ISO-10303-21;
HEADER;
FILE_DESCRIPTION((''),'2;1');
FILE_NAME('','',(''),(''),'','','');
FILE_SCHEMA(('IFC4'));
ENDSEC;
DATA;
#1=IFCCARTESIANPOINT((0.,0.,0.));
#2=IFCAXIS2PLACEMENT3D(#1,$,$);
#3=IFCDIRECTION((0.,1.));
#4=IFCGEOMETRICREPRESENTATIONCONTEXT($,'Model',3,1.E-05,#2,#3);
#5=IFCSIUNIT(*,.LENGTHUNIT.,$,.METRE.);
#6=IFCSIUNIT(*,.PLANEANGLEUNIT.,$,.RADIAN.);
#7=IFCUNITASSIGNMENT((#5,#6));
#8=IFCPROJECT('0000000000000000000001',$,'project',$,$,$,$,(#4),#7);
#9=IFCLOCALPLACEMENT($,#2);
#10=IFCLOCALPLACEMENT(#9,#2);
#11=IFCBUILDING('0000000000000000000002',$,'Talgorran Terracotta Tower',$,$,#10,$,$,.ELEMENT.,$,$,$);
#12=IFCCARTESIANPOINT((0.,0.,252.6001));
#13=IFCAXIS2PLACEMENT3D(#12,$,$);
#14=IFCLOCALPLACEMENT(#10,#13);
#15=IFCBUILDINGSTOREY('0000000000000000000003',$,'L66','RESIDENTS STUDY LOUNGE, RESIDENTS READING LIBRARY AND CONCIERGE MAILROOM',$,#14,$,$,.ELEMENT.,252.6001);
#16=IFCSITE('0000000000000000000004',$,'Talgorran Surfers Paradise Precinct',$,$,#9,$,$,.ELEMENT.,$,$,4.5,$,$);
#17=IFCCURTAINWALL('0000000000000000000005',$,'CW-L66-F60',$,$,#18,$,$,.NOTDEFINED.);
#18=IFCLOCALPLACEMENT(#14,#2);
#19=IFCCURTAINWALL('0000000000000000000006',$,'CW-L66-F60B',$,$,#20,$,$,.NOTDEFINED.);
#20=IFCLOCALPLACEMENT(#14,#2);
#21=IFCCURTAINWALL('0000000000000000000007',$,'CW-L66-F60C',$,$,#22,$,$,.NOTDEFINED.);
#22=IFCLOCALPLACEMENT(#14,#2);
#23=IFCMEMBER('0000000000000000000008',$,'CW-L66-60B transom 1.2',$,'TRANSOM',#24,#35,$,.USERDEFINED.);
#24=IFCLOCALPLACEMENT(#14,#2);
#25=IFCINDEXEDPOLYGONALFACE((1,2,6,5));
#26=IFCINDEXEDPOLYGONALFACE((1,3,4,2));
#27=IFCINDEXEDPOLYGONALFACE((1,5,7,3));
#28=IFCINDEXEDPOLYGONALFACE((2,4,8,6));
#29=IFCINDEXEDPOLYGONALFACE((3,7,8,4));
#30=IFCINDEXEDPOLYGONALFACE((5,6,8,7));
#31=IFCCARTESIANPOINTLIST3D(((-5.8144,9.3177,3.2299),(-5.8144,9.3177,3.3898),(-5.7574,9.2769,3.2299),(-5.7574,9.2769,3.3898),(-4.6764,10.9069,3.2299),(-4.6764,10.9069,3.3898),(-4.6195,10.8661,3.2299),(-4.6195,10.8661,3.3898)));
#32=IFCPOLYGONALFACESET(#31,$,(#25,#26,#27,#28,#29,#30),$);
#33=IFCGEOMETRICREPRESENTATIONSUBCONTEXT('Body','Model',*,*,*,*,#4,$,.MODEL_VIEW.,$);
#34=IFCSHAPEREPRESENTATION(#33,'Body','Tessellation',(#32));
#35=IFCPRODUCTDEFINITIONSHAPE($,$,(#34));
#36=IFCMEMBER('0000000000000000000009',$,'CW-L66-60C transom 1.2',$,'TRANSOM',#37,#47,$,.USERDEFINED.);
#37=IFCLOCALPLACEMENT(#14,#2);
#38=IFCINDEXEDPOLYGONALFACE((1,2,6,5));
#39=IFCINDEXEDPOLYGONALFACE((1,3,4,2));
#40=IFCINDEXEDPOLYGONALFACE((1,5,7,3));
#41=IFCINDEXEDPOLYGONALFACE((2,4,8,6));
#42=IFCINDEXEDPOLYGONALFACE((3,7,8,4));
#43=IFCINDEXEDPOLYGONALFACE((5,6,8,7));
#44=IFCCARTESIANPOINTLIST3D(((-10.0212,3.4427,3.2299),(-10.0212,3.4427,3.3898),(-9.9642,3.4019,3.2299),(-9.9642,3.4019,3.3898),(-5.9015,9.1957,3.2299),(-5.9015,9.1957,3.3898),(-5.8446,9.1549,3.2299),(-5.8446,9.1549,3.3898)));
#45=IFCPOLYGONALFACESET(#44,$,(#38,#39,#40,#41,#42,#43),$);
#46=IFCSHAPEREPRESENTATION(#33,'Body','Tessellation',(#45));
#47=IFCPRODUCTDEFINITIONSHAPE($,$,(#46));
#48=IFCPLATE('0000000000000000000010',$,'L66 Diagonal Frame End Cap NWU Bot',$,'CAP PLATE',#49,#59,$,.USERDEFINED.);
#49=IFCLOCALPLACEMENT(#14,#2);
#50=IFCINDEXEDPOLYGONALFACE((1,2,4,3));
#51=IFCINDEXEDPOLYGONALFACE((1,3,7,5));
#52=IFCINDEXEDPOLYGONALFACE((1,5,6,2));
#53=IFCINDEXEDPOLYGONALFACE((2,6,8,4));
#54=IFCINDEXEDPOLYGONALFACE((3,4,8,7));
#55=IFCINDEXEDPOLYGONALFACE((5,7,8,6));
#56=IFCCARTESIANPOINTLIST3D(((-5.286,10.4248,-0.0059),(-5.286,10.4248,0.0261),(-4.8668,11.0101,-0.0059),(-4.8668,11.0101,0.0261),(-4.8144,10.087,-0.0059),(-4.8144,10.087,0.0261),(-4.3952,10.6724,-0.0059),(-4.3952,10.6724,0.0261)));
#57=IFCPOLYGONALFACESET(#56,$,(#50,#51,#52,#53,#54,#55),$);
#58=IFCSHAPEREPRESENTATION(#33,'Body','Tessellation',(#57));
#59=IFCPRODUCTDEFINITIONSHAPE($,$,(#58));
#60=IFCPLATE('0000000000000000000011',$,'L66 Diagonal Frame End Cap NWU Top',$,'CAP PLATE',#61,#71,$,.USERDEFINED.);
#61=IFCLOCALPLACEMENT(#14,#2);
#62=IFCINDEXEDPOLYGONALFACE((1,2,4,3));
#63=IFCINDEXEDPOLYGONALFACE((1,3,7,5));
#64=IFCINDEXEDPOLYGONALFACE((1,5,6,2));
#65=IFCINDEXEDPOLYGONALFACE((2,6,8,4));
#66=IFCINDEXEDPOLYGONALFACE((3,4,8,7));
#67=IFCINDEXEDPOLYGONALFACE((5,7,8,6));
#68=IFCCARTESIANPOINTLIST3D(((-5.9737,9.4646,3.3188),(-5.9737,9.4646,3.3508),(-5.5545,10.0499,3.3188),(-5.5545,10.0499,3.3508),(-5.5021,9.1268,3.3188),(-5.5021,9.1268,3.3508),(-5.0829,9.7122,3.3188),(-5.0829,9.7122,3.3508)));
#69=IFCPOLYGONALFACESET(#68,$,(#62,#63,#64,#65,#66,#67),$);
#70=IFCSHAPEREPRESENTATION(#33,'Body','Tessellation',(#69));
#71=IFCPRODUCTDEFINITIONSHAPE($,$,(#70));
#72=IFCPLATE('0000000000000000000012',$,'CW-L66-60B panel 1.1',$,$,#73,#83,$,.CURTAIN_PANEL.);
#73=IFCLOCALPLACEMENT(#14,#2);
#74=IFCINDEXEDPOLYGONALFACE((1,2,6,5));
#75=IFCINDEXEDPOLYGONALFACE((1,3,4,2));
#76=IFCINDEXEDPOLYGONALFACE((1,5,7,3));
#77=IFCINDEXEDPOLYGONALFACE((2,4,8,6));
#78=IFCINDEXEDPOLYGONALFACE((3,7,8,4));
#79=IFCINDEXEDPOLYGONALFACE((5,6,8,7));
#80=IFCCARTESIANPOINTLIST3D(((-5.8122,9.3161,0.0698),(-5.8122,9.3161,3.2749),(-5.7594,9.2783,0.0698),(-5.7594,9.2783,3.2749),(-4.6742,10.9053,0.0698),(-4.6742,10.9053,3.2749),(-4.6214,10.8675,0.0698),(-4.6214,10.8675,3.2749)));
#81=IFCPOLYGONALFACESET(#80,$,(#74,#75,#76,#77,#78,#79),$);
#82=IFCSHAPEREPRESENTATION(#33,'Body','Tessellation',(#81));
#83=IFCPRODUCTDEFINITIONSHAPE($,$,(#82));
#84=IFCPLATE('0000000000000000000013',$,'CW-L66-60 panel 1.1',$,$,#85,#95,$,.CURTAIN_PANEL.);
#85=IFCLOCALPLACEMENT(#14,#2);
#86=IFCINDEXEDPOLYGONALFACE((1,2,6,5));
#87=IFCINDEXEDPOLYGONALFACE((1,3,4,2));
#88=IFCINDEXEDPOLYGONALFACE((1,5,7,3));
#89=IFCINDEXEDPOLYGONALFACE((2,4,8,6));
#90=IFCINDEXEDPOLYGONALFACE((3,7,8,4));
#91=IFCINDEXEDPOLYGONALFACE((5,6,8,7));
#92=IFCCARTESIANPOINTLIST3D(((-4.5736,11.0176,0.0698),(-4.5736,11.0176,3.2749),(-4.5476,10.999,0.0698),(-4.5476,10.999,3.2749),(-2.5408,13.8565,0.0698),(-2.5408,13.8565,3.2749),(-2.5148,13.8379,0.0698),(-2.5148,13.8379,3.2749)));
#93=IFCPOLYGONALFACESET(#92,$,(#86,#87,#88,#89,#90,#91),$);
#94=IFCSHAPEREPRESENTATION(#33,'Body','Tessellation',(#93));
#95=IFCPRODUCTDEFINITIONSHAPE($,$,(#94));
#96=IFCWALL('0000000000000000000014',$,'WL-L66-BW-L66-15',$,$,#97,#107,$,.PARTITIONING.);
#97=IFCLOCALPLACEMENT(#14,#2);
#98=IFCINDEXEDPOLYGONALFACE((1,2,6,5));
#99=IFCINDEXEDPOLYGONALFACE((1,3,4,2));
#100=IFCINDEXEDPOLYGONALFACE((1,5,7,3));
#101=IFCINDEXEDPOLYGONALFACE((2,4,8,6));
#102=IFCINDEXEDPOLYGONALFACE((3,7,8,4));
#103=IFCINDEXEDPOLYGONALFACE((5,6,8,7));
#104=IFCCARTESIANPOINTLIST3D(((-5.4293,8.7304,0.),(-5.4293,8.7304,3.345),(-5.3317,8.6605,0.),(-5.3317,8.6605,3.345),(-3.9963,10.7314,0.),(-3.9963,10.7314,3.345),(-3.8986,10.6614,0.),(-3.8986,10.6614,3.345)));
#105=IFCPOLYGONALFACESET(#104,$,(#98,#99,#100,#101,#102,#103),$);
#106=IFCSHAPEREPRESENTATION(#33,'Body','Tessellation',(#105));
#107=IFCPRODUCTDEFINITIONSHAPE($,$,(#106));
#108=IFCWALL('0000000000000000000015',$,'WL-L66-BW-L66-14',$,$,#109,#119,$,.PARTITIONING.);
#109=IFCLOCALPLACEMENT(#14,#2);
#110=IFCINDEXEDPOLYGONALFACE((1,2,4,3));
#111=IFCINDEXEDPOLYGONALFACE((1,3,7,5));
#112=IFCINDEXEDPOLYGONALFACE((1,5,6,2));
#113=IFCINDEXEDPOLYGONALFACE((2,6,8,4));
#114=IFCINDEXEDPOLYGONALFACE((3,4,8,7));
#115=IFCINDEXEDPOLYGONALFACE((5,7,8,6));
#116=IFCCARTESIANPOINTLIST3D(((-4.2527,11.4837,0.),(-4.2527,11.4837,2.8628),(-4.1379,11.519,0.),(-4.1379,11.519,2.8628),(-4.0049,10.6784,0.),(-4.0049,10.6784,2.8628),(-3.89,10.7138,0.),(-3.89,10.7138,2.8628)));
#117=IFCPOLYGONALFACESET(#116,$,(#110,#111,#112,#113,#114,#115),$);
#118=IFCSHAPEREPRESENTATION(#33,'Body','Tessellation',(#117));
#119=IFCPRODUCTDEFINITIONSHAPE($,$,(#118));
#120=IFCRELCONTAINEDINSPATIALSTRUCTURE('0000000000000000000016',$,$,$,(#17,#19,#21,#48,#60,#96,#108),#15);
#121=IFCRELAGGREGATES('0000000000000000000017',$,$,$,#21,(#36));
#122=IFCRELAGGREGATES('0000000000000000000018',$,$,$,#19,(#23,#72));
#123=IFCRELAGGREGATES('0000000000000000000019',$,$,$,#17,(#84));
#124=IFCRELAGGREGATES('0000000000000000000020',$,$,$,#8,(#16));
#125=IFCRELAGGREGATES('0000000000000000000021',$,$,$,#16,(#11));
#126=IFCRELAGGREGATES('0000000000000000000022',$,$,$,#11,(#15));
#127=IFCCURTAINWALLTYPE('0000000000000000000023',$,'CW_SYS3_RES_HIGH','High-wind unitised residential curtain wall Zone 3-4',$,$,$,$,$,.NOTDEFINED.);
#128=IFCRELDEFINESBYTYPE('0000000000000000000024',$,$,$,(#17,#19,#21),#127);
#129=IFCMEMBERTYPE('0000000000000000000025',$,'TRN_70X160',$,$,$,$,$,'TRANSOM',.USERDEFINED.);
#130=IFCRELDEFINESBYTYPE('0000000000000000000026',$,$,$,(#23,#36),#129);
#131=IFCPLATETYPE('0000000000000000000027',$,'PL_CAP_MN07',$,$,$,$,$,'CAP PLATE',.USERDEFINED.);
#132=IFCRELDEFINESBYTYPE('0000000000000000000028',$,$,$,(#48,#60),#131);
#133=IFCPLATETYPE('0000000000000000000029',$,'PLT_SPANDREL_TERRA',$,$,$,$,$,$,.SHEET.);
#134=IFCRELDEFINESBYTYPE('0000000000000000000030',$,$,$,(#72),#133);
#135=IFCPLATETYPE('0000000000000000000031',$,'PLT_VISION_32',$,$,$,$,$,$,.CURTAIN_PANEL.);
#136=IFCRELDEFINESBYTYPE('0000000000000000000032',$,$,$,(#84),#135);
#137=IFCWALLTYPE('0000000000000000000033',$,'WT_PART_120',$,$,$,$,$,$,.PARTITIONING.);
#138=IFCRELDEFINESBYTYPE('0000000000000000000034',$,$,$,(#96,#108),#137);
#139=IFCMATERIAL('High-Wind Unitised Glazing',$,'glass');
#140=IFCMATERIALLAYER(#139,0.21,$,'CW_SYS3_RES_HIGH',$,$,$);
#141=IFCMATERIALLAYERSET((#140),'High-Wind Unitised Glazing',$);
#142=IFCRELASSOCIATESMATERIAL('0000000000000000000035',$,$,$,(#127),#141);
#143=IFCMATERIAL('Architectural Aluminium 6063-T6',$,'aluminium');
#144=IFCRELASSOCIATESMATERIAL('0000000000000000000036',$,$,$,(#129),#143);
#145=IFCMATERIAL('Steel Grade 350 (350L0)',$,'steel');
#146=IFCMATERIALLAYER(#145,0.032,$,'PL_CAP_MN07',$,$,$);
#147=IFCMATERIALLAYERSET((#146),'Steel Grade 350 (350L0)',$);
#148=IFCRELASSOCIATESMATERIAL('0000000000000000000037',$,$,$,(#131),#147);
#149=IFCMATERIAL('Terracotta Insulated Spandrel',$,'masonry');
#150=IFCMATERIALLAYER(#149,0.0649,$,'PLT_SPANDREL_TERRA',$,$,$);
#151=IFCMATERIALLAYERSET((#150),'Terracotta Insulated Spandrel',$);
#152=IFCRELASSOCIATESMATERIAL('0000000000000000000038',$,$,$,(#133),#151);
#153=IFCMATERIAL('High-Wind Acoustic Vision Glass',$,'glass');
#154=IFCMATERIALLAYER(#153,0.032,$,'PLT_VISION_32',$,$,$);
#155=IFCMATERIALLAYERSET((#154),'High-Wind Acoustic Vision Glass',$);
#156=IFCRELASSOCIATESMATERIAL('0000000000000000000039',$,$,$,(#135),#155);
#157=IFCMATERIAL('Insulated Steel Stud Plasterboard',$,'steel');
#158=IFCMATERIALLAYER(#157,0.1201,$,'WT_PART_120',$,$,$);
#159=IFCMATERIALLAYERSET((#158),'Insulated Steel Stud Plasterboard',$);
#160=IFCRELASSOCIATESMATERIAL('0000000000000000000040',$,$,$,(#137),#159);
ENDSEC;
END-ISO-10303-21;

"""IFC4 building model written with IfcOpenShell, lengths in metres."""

from ifc_helpers import new_model, si_unit, direction, frame, frame_2d, origin, origin_2d, place, context, subcontext, project, spatial, rectangle, extrude, source, transform, mapped, material, layer, layer_set, material_profile, profile_set, type_object, type_shapes, element, aggregate, save


model = new_model("IFC4")

# Units and contexts
model_context = context("Model", 3, precision=1e-05, world=origin(), true_north=direction((0.0, 1.0)))
body_context = subcontext(model_context, "Body", "Model", "MODEL_VIEW")
ifc_project = project(units=[si_unit("LENGTHUNIT", "METRE"), si_unit("PLANEANGLEUNIT", "RADIAN")], contexts=[model_context])

# Site, building, storey
site_placement = place(None, origin())
site = spatial("IfcSite", under=ifc_project, at=site_placement, Name="Talgorran Surfers Paradise Precinct", CompositionType="ELEMENT", RefElevation=4.5)
building_placement = place(site_placement, origin())
building = spatial("IfcBuilding", under=site, at=building_placement, Name="Talgorran Terracotta Tower", CompositionType="ELEMENT")
storey_placement = place(building_placement, frame((0.0, 0.0, 252.6001)))
storey = spatial("IfcBuildingStorey", under=building, at=storey_placement, Name="L66", Description="RESIDENTS STUDY LOUNGE, RESIDENTS READING LIBRARY AND CONCIERGE MAILROOM", CompositionType="ELEMENT", Elevation=252.6001)

# Shared definitions
ifc_material_1 = material(Name="Steel Grade 350 (350L0)", Category="steel")

# Shared definitions
ifc_material_2 = material(Name="High-Wind Unitised Glazing", Category="glass")
ifc_layer_1 = layer(ifc_material_2, 0.21, Name="CW_SYS3_RES_HIGH")
ifc_layer_set_1 = layer_set([ifc_layer_1], Name="High-Wind Unitised Glazing")
curtain_wall_type = type_object("IfcCurtainWallType", Name="CW_SYS3_RES_HIGH", Description="High-wind unitised residential curtain wall Zone 3-4", PredefinedType="NOTDEFINED", material=ifc_layer_set_1)
ifc_material_3 = material(Name="Architectural Aluminium 6063-T6", Category="aluminium")

# Curtain walls
curtain_wall_1_placement = place(storey_placement, origin())
curtain_wall_1 = element("IfcCurtainWall", 1, at=curtain_wall_1_placement, inside=storey, type_object=curtain_wall_type, Name="CW-L66-F60", PredefinedType="NOTDEFINED")
curtain_wall_2_placement = place(storey_placement, origin())
curtain_wall_2 = element("IfcCurtainWall", 2, at=curtain_wall_2_placement, inside=storey, type_object=curtain_wall_type, Name="CW-L66-F60B", PredefinedType="NOTDEFINED")

# Curtain wall
curtain_wall_3_placement = place(storey_placement, origin())
curtain_wall_3 = element("IfcCurtainWall", 3, at=curtain_wall_3_placement, inside=storey, type_object=curtain_wall_type, Name="CW-L66-F60C", PredefinedType="NOTDEFINED")

# Members
ifc_material_profile_1 = material_profile(ifc_material_3, rectangle(XDim=0.0701, YDim=0.1599, at=origin_2d()), Name="CWT70X160")
ifc_profile_set_1 = profile_set([ifc_material_profile_1], Name="Architectural Aluminium 6063-T6")
member_type_1 = type_object("IfcMemberType", Name="TRN_70X160", ElementType="TRANSOM", PredefinedType="USERDEFINED", material=ifc_profile_set_1)
member_1_placement = place(storey_placement, frame((-4.6479, 10.8865, 3.3098), z_axis=(-0.582207, -0.813041, 0.0), x_axis=(0.813041, -0.582207, 0.0)))
member_1 = element("IfcMember", 4, at=member_1_placement, type_object=member_type_1, Name="CW-L66-60B transom 1.2", ObjectType="TRANSOM", PredefinedType="USERDEFINED", context=body_context, shape_type="SweptSolid", body=[
    extrude(rectangle(XDim=0.0701, YDim=0.1599, at=origin_2d()), origin(), (0.0, 0.0, 1.0), 1.9546),
])
member_2_placement = place(storey_placement, frame((-5.873, 9.1753, 3.3098), z_axis=(-0.58221, -0.813038, 0.0), x_axis=(0.813038, -0.58221, 0.0)))
member_2 = element("IfcMember", 5, at=member_2_placement, type_object=member_type_1, Name="CW-L66-60C transom 1.2", ObjectType="TRANSOM", PredefinedType="USERDEFINED", context=body_context, shape_type="SweptSolid", body=[
    extrude(rectangle(XDim=0.0701, YDim=0.1599, at=origin_2d()), origin(), (0.0, 0.0, 1.0), 7.0759),
])
aggregate(curtain_wall_3, [member_2])

# Plates
ifc_layer_2 = layer(ifc_material_1, 0.032, Name="PL_CAP_MN07")
ifc_layer_set_2 = layer_set([ifc_layer_2], Name="Steel Grade 350 (350L0)")
plate_type_1 = type_object("IfcPlateType", Name="PL_CAP_MN07", ElementType="CAP PLATE", PredefinedType="USERDEFINED", material=ifc_layer_set_2)
for number, where, z_axis, x_axis, name in (
    (6, (-4.8406, 10.5486, -0.0059), (0.0, 0.0, 1.0), (-0.582265, -0.812999, 0.0), "L66 Diagonal Frame End Cap NWU Bot"),
    (7, (-5.5283, 9.5884, 3.3188), (0.0, 0.0, 1.0), (-0.582265, -0.812999, 0.0), "L66 Diagonal Frame End Cap NWU Top"),
):
    element("IfcPlate", number, at=place(storey_placement, frame(where, z_axis=z_axis, x_axis=x_axis)), inside=storey, type_object=plate_type_1, Name=name, ObjectType="CAP PLATE", PredefinedType="USERDEFINED", context=body_context, shape_type="SweptSolid", body=[
        extrude(rectangle(XDim=0.72, YDim=0.5801, at=origin_2d()), origin(), (0.0, 0.0, 1.0), 0.032),
    ])

# Plates
ifc_material_4 = material(Name="Terracotta Insulated Spandrel", Category="masonry")
ifc_layer_3 = layer(ifc_material_4, 0.0649, Name="PLT_SPANDREL_TERRA")
ifc_layer_set_3 = layer_set([ifc_layer_3], Name="Terracotta Insulated Spandrel")
plate_type_2 = type_object("IfcPlateType", Name="PLT_SPANDREL_TERRA", PredefinedType="SHEET", material=ifc_layer_set_3)
shared_shape_1 = source(origin(), body_context, "Body", "SweptSolid", [
    extrude(rectangle(XDim=1.9546, YDim=0.0649, at=origin_2d()), origin(), (0.0, 0.0, 1.0), 3.2051),
])
type_shapes(plate_type_2, [shared_shape_1])
plate_1_placement = place(storey_placement, frame((-5.2168, 10.0918, 0.0698), z_axis=(0.0, 0.0, 1.0), x_axis=(-0.5822, -0.813046, 0.0)))
plate_1 = element("IfcPlate", 8, at=plate_1_placement, type_object=plate_type_2, Name="CW-L66-60B panel 1.1", PredefinedType="CURTAIN_PANEL", context=body_context, shape_type="MappedRepresentation", body=[
    mapped(shared_shape_1, transform((0.0, 0.0, 0.0), scale=1.0)),
])
aggregate(curtain_wall_2, [member_1, plate_1])
ifc_material_5 = material(Name="High-Wind Acoustic Vision Glass", Category="glass")
ifc_layer_4 = layer(ifc_material_5, 0.032, Name="PLT_VISION_32")
ifc_layer_set_4 = layer_set([ifc_layer_4], Name="High-Wind Acoustic Vision Glass")
plate_type_3 = type_object("IfcPlateType", Name="PLT_VISION_32", PredefinedType="CURTAIN_PANEL", material=ifc_layer_set_4)
shared_shape_2 = source(origin(), body_context, "Body", "SweptSolid", [
    extrude(rectangle(XDim=3.4917, YDim=0.032, at=origin_2d()), origin(), (0.0, 0.0, 1.0), 3.2051),
])
type_shapes(plate_type_3, [shared_shape_2])
plate_2_placement = place(storey_placement, frame((-3.5442, 12.4277, 0.0698), z_axis=(0.0, 0.0, 1.0), x_axis=(-0.582196, -0.813048, 0.0)))
plate_2 = element("IfcPlate", 9, at=plate_2_placement, type_object=plate_type_3, Name="CW-L66-60 panel 1.1", PredefinedType="CURTAIN_PANEL", context=body_context, shape_type="MappedRepresentation", body=[
    mapped(shared_shape_2, transform((0.0, 0.0, 0.0), scale=1.0)),
])
aggregate(curtain_wall_1, [plate_2])

# Walls
ifc_material_6 = material(Name="Insulated Steel Stud Plasterboard", Category="steel")
ifc_layer_5 = layer(ifc_material_6, 0.1201, Name="WT_PART_120")
ifc_layer_set_5 = layer_set([ifc_layer_5], Name="Insulated Steel Stud Plasterboard")
wall_type = type_object("IfcWallType", Name="WT_PART_120", PredefinedType="PARTITIONING", material=ifc_layer_set_5)
wall_1_placement = place(storey_placement, frame((-3.9475, 10.6963, 0.0), z_axis=(0.0, 0.0, 1.0), x_axis=(-0.58227, -0.812996, 0.0)))
element("IfcWall", 10, at=wall_1_placement, inside=storey, type_object=wall_type, Name="WL-L66-BW-L66-15", PredefinedType="PARTITIONING", context=body_context, shape_type="SweptSolid", body=[
    extrude(rectangle(XDim=2.4612, YDim=0.1201, at=frame_2d((1.2305, 0.0))), origin(), (0.0, 0.0, 1.0), 3.345),
])
wall_2_placement = place(storey_placement, frame((-4.1953, 11.5015, 0.0), z_axis=(0.0, 0.0, 1.0), x_axis=(0.294147, -0.95576, 0.0)))
element("IfcWall", 11, at=wall_2_placement, inside=storey, type_object=wall_type, Name="WL-L66-BW-L66-14", PredefinedType="PARTITIONING", context=body_context, shape_type="SweptSolid", body=[
    extrude(rectangle(XDim=0.8425, YDim=0.1201, at=frame_2d((0.4214, 0.0))), origin(), (0.0, 0.0, 1.0), 2.8628),
])

save(model, "model.ifc")
